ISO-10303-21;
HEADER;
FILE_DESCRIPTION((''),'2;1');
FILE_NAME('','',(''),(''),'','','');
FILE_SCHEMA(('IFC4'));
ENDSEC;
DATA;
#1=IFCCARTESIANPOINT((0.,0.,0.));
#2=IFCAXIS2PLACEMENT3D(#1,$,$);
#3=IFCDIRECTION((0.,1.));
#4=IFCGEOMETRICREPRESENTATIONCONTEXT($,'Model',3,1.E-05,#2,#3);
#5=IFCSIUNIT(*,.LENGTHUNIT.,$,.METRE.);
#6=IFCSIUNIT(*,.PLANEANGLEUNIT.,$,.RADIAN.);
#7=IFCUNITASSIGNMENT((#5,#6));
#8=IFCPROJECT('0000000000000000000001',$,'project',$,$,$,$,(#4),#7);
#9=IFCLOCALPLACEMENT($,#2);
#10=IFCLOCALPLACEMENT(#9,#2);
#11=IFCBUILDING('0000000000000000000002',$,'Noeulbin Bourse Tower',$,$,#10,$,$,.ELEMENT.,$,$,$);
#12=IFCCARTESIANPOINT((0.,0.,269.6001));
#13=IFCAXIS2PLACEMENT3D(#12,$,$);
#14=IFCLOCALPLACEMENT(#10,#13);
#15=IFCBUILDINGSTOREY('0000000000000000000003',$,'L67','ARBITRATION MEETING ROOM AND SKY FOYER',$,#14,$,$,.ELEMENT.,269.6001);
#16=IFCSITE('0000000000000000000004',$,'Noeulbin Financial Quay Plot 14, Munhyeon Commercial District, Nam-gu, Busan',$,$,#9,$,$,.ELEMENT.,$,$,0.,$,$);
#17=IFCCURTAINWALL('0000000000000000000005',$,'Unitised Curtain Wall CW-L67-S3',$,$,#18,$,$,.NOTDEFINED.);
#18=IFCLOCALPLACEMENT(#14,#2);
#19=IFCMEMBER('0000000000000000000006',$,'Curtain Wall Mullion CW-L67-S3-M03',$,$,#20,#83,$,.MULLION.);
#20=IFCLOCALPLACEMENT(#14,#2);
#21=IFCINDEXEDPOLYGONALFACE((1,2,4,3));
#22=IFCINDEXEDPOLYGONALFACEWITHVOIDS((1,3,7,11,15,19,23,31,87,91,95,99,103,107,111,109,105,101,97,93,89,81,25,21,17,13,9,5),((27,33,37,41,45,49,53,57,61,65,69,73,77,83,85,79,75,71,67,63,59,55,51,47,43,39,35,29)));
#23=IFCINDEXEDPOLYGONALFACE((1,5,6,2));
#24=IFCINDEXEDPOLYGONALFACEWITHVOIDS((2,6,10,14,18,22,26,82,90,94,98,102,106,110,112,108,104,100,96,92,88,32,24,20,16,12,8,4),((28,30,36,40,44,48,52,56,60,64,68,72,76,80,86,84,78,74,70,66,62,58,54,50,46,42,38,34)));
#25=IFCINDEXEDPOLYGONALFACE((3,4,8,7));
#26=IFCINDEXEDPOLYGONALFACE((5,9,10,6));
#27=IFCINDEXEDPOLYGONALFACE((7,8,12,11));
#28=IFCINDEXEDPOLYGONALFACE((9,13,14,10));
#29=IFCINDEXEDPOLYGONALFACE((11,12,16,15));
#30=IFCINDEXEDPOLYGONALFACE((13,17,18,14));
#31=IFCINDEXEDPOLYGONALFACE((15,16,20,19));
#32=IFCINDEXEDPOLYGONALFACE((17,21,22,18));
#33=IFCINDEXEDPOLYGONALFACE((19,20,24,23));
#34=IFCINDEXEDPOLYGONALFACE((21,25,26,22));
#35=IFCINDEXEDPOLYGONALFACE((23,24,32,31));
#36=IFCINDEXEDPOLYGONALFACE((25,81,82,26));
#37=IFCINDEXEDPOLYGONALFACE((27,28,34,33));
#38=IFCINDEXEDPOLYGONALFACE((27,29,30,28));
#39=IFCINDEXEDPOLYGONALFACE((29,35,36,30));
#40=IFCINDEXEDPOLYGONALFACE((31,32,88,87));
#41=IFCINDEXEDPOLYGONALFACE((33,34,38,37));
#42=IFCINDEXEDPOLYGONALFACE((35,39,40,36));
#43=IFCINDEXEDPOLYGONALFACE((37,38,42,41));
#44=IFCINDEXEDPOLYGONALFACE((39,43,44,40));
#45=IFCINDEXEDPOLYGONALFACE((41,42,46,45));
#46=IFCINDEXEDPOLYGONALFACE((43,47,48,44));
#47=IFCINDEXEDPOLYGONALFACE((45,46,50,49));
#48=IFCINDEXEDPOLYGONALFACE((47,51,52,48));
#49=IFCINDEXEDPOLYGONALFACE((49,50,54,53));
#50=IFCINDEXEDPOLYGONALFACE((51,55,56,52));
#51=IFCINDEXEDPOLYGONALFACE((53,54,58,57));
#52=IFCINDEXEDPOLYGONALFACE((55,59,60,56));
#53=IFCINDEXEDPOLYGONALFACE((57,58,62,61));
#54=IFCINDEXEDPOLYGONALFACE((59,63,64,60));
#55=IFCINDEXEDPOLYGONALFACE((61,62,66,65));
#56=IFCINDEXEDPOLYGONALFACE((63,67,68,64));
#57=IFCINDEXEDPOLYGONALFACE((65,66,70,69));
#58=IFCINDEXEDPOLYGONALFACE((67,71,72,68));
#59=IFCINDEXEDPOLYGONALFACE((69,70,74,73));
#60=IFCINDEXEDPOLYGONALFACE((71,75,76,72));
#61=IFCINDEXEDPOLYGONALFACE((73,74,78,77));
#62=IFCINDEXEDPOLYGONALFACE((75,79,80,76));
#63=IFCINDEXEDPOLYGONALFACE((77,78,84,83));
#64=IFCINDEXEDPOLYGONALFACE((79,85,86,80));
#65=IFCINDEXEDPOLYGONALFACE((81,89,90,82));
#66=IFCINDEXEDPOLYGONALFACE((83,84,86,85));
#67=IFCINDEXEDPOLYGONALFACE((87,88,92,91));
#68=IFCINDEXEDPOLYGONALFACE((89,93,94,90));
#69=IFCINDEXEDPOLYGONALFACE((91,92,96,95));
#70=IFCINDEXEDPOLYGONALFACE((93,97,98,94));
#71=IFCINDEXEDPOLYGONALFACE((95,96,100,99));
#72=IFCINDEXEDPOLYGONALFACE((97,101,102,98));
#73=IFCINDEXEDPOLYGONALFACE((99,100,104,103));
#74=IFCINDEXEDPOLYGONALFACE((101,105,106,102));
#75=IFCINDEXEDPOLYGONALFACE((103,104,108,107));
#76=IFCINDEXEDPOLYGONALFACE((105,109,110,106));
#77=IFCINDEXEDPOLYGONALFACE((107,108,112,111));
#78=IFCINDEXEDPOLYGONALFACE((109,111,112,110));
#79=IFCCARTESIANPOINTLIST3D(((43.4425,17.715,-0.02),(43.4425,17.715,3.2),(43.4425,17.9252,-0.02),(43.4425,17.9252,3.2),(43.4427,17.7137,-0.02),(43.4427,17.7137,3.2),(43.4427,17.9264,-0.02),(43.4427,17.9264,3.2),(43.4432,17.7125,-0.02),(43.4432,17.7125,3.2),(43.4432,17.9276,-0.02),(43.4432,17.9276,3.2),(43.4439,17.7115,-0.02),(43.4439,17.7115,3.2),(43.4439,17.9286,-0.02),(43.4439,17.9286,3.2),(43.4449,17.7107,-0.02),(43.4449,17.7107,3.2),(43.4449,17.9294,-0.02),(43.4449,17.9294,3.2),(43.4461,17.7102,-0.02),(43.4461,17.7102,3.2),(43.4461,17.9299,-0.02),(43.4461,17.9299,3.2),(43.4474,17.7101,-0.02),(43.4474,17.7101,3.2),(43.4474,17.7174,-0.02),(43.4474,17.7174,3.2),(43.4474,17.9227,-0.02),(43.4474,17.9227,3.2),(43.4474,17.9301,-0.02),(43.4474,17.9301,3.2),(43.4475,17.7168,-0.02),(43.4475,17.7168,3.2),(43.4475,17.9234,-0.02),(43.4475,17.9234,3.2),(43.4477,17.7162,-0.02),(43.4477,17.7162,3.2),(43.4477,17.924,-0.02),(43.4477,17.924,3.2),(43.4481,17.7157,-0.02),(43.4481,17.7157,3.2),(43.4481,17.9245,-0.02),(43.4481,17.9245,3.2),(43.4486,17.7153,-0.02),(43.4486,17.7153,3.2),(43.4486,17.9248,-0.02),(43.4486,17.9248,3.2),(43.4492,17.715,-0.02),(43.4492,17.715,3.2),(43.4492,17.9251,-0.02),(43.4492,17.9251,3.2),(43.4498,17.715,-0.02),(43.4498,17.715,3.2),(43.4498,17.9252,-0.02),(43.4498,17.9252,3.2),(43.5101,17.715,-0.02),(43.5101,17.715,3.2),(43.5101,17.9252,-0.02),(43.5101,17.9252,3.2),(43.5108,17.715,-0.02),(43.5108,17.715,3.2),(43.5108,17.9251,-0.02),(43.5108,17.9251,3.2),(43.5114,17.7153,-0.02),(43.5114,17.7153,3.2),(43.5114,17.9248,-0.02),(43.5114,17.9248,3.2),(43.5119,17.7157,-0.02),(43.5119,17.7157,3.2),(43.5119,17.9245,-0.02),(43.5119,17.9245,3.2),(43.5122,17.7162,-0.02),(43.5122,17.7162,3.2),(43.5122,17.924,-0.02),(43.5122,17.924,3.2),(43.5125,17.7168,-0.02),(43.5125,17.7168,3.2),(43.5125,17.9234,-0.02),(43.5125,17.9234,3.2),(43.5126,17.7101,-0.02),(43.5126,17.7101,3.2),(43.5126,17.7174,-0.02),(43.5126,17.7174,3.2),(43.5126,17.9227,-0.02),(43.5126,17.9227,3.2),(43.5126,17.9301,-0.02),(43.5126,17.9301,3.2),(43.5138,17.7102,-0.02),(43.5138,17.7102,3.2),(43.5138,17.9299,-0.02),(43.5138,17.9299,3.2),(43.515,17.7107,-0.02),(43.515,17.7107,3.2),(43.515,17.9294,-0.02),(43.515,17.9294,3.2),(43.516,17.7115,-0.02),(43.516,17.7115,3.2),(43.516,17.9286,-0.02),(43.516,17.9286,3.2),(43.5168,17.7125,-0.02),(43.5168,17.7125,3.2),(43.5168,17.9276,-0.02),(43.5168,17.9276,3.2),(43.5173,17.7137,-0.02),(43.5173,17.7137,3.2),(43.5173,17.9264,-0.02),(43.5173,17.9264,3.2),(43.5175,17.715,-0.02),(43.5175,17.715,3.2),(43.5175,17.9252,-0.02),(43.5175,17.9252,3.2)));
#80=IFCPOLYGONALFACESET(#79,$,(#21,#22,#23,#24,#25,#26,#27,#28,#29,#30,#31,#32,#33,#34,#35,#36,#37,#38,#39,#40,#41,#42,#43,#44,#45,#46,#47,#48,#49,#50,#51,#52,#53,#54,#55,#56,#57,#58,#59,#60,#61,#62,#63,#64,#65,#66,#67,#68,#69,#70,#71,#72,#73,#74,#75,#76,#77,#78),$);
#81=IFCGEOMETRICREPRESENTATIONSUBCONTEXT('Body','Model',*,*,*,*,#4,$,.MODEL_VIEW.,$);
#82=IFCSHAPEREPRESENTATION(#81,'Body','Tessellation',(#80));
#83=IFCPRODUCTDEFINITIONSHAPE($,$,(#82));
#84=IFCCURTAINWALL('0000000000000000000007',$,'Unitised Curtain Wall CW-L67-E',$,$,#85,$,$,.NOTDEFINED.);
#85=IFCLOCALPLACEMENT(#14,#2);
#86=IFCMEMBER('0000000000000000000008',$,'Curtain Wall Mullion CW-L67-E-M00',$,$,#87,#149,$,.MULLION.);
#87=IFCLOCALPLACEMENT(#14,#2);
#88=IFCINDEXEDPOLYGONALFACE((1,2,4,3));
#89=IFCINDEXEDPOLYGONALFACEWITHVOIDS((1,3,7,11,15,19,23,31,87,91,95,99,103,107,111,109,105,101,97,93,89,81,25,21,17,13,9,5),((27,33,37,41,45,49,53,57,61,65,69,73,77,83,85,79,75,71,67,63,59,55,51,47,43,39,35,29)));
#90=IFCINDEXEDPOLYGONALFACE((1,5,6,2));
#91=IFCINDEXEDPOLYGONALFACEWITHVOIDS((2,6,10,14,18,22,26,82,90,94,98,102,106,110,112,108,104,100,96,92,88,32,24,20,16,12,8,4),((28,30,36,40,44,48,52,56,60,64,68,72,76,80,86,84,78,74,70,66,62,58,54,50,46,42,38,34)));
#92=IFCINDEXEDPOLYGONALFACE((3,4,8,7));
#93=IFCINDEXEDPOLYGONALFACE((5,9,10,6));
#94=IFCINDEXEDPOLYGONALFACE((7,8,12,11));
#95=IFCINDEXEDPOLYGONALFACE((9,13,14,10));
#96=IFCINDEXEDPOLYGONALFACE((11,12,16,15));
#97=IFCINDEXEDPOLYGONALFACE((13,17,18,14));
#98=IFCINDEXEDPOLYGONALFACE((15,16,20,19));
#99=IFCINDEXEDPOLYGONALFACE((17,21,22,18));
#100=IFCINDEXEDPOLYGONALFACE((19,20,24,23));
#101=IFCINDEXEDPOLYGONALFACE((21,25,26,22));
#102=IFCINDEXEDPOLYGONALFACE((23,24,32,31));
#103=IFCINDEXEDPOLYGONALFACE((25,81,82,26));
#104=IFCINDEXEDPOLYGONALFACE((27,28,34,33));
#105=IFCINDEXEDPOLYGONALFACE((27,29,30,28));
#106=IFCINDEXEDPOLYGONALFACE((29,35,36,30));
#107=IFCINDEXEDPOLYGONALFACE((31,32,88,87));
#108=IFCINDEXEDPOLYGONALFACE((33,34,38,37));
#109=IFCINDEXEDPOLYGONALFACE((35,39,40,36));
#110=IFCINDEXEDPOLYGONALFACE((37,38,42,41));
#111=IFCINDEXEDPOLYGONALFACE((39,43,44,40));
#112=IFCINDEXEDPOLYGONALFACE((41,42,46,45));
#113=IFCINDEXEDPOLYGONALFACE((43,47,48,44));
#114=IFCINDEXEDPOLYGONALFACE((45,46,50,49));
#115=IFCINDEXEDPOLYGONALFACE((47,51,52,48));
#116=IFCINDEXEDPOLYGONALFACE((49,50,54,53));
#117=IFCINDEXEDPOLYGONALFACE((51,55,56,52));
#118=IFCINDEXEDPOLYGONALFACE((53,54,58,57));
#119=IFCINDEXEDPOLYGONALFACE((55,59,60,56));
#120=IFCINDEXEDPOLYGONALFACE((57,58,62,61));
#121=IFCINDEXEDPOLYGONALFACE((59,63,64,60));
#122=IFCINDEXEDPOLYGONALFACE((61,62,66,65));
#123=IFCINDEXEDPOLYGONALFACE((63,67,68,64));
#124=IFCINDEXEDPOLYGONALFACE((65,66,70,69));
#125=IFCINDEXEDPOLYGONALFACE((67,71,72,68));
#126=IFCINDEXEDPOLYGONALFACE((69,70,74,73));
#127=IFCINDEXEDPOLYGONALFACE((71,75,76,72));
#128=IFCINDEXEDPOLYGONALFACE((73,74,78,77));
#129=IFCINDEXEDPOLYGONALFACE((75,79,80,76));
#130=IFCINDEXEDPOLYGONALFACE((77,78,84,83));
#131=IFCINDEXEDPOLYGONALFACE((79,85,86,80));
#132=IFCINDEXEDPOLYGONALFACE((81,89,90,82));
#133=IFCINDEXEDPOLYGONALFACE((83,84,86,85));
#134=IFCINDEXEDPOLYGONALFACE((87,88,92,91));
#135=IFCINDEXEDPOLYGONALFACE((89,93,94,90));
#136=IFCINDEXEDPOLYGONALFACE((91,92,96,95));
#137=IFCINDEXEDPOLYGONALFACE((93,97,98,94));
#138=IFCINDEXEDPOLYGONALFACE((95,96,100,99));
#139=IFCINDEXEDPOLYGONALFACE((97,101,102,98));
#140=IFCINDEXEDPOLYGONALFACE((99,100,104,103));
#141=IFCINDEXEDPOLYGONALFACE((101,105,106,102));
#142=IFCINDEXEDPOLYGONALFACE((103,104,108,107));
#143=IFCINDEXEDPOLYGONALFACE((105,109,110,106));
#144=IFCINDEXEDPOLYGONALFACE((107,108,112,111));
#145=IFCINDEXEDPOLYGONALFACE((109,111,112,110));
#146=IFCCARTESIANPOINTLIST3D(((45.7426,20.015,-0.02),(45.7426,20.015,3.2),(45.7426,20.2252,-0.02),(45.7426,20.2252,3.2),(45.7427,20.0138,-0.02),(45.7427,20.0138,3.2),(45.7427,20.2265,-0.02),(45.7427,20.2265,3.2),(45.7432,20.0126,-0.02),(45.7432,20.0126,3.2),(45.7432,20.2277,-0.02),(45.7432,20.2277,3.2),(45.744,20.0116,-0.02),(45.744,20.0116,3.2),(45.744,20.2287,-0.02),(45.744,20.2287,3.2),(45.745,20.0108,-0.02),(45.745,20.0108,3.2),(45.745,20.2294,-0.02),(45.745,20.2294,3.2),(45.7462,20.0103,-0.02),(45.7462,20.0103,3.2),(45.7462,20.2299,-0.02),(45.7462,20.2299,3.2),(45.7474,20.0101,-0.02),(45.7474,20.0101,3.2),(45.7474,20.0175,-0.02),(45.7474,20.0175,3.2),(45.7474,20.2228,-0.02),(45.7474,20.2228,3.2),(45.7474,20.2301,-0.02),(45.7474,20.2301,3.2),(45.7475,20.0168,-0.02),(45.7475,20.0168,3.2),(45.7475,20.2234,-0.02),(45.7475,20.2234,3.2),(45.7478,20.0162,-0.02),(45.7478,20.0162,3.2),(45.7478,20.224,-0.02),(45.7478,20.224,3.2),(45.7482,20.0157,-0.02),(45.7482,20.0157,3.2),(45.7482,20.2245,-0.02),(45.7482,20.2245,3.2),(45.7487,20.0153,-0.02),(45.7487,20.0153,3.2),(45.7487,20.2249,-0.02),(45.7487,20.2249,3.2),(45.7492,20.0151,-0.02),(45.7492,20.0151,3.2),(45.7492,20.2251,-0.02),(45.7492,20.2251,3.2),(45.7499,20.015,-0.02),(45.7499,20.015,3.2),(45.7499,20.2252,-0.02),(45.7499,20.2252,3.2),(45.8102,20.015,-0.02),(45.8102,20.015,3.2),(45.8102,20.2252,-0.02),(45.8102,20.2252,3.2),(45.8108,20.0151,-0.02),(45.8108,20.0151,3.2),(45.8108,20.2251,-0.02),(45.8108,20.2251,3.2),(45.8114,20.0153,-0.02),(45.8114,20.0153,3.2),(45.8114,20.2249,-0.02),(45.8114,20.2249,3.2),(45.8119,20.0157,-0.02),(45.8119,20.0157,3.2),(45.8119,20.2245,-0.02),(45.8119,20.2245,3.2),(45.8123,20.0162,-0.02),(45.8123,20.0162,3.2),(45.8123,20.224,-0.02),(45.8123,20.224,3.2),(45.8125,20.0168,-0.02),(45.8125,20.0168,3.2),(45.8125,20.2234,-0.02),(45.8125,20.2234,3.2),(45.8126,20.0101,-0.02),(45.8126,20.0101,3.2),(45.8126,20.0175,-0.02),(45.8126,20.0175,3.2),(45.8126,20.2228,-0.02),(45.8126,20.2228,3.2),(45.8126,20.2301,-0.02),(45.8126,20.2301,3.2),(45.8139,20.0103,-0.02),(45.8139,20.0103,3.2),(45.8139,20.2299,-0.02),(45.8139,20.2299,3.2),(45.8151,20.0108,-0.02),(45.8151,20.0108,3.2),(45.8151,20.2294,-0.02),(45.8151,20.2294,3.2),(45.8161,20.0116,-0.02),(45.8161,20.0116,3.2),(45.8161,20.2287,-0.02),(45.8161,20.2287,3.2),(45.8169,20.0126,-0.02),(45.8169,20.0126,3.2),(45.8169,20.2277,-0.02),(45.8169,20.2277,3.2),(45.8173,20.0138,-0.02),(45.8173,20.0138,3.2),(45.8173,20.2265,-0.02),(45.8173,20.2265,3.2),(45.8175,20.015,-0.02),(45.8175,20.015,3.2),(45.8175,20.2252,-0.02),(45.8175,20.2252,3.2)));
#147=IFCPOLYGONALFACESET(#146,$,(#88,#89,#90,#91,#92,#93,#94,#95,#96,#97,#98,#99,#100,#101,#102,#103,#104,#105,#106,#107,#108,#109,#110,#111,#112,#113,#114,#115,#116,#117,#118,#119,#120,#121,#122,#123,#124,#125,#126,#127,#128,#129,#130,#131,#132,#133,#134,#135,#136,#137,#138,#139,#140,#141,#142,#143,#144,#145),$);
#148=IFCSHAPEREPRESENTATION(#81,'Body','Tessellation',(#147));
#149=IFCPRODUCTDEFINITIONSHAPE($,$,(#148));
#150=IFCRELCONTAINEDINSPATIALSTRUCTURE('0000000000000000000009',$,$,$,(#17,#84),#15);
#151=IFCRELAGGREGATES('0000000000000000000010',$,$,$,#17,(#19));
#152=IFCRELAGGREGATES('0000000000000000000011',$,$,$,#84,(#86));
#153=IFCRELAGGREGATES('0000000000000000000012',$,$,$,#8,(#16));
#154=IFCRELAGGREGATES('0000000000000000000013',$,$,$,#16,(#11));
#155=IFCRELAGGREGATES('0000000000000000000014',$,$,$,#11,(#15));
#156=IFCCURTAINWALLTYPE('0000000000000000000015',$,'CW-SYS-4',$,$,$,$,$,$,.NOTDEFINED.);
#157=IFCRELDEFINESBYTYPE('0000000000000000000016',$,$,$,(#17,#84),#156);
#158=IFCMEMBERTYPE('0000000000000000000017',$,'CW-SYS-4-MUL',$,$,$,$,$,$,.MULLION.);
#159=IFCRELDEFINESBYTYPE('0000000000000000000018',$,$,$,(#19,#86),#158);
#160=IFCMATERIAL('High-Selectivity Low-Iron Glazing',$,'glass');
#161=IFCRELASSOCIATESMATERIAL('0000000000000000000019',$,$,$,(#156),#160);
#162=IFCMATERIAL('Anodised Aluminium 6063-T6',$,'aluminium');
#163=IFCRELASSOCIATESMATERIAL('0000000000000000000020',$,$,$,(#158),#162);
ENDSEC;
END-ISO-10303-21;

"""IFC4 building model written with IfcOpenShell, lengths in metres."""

from ifc_helpers import new_model, si_unit, direction, frame, origin, origin_2d, place, context, subcontext, project, spatial, hollow_rectangle, extrude, material, material_profile, profile_set, type_object, element, aggregate, save


model = new_model("IFC4")

# Units and contexts
model_context = context("Model", 3, precision=1e-05, world=origin(), true_north=direction((0.0, 1.0)))
body_context = subcontext(model_context, "Body", "Model", "MODEL_VIEW")
ifc_project = project(units=[si_unit("LENGTHUNIT", "METRE"), si_unit("PLANEANGLEUNIT", "RADIAN")], contexts=[model_context])

# Site, building, storey
site_placement = place(None, origin())
site = spatial("IfcSite", under=ifc_project, at=site_placement, Name="Noeulbin Financial Quay Plot 14, Munhyeon Commercial District, Nam-gu, Busan", CompositionType="ELEMENT", RefElevation=0.0)
building_placement = place(site_placement, origin())
building = spatial("IfcBuilding", under=site, at=building_placement, Name="Noeulbin Bourse Tower", CompositionType="ELEMENT")
storey_placement = place(building_placement, frame((0.0, 0.0, 269.6001)))
storey = spatial("IfcBuildingStorey", under=building, at=storey_placement, Name="L67", Description="ARBITRATION MEETING ROOM AND SKY FOYER", CompositionType="ELEMENT", Elevation=269.6001)

# Curtain walls, members
ifc_material_1 = material(Name="High-Selectivity Low-Iron Glazing", Category="glass")
curtain_wall_type = type_object("IfcCurtainWallType", Name="CW-SYS-4", PredefinedType="NOTDEFINED", material=ifc_material_1)
curtain_wall_1_placement = place(storey_placement, origin())
curtain_wall_1 = element("IfcCurtainWall", 1, at=curtain_wall_1_placement, inside=storey, type_object=curtain_wall_type, Name="Unitised Curtain Wall CW-L67-S3", PredefinedType="NOTDEFINED")
ifc_material_2 = material(Name="Anodised Aluminium 6063-T6", Category="aluminium")
ifc_material_profile_1 = material_profile(ifc_material_2, hollow_rectangle(XDim=0.075, YDim=0.22, WallThickness=0.0049, InnerFilletRadius=0.0024, OuterFilletRadius=0.0049, at=origin_2d()), Name="ALU-MULL-75x220x5", Category="LoadBearing")
ifc_profile_set_1 = profile_set([ifc_material_profile_1], Name="Anodised Aluminium 6063-T6")
member_type_1 = type_object("IfcMemberType", Name="CW-SYS-4-MUL", PredefinedType="MULLION", material=ifc_profile_set_1)
member_1_placement = place(storey_placement, frame((43.48, 17.8201, -0.02), z_axis=(0.0, 0.0, 1.0), x_axis=(1.0, 0.0, 0.0)))
member_1 = element("IfcMember", 2, at=member_1_placement, type_object=member_type_1, Name="Curtain Wall Mullion CW-L67-S3-M03", PredefinedType="MULLION", context=body_context, shape_type="SweptSolid", body=[
    extrude(hollow_rectangle(XDim=0.075, YDim=0.22, WallThickness=0.0049, InnerFilletRadius=0.0024, OuterFilletRadius=0.0049, at=origin_2d()), origin(), (0.0, 0.0, 1.0), 3.22),
])
curtain_wall_2_placement = place(storey_placement, origin())
curtain_wall_2 = element("IfcCurtainWall", 3, at=curtain_wall_2_placement, inside=storey, type_object=curtain_wall_type, Name="Unitised Curtain Wall CW-L67-E", PredefinedType="NOTDEFINED")
member_2_placement = place(storey_placement, frame((45.78, 20.1201, -0.02), z_axis=(0.0, 0.0, 1.0), x_axis=(1.0, 0.0, 0.0)))
member_2 = element("IfcMember", 4, at=member_2_placement, type_object=member_type_1, Name="Curtain Wall Mullion CW-L67-E-M00", PredefinedType="MULLION", context=body_context, shape_type="SweptSolid", body=[
    extrude(hollow_rectangle(XDim=0.075, YDim=0.22, WallThickness=0.0049, InnerFilletRadius=0.0024, OuterFilletRadius=0.0049, at=origin_2d()), origin(), (0.0, 0.0, 1.0), 3.22),
])

aggregate(curtain_wall_1, [member_1])
aggregate(curtain_wall_2, [member_2])

save(model, "model.ifc")
